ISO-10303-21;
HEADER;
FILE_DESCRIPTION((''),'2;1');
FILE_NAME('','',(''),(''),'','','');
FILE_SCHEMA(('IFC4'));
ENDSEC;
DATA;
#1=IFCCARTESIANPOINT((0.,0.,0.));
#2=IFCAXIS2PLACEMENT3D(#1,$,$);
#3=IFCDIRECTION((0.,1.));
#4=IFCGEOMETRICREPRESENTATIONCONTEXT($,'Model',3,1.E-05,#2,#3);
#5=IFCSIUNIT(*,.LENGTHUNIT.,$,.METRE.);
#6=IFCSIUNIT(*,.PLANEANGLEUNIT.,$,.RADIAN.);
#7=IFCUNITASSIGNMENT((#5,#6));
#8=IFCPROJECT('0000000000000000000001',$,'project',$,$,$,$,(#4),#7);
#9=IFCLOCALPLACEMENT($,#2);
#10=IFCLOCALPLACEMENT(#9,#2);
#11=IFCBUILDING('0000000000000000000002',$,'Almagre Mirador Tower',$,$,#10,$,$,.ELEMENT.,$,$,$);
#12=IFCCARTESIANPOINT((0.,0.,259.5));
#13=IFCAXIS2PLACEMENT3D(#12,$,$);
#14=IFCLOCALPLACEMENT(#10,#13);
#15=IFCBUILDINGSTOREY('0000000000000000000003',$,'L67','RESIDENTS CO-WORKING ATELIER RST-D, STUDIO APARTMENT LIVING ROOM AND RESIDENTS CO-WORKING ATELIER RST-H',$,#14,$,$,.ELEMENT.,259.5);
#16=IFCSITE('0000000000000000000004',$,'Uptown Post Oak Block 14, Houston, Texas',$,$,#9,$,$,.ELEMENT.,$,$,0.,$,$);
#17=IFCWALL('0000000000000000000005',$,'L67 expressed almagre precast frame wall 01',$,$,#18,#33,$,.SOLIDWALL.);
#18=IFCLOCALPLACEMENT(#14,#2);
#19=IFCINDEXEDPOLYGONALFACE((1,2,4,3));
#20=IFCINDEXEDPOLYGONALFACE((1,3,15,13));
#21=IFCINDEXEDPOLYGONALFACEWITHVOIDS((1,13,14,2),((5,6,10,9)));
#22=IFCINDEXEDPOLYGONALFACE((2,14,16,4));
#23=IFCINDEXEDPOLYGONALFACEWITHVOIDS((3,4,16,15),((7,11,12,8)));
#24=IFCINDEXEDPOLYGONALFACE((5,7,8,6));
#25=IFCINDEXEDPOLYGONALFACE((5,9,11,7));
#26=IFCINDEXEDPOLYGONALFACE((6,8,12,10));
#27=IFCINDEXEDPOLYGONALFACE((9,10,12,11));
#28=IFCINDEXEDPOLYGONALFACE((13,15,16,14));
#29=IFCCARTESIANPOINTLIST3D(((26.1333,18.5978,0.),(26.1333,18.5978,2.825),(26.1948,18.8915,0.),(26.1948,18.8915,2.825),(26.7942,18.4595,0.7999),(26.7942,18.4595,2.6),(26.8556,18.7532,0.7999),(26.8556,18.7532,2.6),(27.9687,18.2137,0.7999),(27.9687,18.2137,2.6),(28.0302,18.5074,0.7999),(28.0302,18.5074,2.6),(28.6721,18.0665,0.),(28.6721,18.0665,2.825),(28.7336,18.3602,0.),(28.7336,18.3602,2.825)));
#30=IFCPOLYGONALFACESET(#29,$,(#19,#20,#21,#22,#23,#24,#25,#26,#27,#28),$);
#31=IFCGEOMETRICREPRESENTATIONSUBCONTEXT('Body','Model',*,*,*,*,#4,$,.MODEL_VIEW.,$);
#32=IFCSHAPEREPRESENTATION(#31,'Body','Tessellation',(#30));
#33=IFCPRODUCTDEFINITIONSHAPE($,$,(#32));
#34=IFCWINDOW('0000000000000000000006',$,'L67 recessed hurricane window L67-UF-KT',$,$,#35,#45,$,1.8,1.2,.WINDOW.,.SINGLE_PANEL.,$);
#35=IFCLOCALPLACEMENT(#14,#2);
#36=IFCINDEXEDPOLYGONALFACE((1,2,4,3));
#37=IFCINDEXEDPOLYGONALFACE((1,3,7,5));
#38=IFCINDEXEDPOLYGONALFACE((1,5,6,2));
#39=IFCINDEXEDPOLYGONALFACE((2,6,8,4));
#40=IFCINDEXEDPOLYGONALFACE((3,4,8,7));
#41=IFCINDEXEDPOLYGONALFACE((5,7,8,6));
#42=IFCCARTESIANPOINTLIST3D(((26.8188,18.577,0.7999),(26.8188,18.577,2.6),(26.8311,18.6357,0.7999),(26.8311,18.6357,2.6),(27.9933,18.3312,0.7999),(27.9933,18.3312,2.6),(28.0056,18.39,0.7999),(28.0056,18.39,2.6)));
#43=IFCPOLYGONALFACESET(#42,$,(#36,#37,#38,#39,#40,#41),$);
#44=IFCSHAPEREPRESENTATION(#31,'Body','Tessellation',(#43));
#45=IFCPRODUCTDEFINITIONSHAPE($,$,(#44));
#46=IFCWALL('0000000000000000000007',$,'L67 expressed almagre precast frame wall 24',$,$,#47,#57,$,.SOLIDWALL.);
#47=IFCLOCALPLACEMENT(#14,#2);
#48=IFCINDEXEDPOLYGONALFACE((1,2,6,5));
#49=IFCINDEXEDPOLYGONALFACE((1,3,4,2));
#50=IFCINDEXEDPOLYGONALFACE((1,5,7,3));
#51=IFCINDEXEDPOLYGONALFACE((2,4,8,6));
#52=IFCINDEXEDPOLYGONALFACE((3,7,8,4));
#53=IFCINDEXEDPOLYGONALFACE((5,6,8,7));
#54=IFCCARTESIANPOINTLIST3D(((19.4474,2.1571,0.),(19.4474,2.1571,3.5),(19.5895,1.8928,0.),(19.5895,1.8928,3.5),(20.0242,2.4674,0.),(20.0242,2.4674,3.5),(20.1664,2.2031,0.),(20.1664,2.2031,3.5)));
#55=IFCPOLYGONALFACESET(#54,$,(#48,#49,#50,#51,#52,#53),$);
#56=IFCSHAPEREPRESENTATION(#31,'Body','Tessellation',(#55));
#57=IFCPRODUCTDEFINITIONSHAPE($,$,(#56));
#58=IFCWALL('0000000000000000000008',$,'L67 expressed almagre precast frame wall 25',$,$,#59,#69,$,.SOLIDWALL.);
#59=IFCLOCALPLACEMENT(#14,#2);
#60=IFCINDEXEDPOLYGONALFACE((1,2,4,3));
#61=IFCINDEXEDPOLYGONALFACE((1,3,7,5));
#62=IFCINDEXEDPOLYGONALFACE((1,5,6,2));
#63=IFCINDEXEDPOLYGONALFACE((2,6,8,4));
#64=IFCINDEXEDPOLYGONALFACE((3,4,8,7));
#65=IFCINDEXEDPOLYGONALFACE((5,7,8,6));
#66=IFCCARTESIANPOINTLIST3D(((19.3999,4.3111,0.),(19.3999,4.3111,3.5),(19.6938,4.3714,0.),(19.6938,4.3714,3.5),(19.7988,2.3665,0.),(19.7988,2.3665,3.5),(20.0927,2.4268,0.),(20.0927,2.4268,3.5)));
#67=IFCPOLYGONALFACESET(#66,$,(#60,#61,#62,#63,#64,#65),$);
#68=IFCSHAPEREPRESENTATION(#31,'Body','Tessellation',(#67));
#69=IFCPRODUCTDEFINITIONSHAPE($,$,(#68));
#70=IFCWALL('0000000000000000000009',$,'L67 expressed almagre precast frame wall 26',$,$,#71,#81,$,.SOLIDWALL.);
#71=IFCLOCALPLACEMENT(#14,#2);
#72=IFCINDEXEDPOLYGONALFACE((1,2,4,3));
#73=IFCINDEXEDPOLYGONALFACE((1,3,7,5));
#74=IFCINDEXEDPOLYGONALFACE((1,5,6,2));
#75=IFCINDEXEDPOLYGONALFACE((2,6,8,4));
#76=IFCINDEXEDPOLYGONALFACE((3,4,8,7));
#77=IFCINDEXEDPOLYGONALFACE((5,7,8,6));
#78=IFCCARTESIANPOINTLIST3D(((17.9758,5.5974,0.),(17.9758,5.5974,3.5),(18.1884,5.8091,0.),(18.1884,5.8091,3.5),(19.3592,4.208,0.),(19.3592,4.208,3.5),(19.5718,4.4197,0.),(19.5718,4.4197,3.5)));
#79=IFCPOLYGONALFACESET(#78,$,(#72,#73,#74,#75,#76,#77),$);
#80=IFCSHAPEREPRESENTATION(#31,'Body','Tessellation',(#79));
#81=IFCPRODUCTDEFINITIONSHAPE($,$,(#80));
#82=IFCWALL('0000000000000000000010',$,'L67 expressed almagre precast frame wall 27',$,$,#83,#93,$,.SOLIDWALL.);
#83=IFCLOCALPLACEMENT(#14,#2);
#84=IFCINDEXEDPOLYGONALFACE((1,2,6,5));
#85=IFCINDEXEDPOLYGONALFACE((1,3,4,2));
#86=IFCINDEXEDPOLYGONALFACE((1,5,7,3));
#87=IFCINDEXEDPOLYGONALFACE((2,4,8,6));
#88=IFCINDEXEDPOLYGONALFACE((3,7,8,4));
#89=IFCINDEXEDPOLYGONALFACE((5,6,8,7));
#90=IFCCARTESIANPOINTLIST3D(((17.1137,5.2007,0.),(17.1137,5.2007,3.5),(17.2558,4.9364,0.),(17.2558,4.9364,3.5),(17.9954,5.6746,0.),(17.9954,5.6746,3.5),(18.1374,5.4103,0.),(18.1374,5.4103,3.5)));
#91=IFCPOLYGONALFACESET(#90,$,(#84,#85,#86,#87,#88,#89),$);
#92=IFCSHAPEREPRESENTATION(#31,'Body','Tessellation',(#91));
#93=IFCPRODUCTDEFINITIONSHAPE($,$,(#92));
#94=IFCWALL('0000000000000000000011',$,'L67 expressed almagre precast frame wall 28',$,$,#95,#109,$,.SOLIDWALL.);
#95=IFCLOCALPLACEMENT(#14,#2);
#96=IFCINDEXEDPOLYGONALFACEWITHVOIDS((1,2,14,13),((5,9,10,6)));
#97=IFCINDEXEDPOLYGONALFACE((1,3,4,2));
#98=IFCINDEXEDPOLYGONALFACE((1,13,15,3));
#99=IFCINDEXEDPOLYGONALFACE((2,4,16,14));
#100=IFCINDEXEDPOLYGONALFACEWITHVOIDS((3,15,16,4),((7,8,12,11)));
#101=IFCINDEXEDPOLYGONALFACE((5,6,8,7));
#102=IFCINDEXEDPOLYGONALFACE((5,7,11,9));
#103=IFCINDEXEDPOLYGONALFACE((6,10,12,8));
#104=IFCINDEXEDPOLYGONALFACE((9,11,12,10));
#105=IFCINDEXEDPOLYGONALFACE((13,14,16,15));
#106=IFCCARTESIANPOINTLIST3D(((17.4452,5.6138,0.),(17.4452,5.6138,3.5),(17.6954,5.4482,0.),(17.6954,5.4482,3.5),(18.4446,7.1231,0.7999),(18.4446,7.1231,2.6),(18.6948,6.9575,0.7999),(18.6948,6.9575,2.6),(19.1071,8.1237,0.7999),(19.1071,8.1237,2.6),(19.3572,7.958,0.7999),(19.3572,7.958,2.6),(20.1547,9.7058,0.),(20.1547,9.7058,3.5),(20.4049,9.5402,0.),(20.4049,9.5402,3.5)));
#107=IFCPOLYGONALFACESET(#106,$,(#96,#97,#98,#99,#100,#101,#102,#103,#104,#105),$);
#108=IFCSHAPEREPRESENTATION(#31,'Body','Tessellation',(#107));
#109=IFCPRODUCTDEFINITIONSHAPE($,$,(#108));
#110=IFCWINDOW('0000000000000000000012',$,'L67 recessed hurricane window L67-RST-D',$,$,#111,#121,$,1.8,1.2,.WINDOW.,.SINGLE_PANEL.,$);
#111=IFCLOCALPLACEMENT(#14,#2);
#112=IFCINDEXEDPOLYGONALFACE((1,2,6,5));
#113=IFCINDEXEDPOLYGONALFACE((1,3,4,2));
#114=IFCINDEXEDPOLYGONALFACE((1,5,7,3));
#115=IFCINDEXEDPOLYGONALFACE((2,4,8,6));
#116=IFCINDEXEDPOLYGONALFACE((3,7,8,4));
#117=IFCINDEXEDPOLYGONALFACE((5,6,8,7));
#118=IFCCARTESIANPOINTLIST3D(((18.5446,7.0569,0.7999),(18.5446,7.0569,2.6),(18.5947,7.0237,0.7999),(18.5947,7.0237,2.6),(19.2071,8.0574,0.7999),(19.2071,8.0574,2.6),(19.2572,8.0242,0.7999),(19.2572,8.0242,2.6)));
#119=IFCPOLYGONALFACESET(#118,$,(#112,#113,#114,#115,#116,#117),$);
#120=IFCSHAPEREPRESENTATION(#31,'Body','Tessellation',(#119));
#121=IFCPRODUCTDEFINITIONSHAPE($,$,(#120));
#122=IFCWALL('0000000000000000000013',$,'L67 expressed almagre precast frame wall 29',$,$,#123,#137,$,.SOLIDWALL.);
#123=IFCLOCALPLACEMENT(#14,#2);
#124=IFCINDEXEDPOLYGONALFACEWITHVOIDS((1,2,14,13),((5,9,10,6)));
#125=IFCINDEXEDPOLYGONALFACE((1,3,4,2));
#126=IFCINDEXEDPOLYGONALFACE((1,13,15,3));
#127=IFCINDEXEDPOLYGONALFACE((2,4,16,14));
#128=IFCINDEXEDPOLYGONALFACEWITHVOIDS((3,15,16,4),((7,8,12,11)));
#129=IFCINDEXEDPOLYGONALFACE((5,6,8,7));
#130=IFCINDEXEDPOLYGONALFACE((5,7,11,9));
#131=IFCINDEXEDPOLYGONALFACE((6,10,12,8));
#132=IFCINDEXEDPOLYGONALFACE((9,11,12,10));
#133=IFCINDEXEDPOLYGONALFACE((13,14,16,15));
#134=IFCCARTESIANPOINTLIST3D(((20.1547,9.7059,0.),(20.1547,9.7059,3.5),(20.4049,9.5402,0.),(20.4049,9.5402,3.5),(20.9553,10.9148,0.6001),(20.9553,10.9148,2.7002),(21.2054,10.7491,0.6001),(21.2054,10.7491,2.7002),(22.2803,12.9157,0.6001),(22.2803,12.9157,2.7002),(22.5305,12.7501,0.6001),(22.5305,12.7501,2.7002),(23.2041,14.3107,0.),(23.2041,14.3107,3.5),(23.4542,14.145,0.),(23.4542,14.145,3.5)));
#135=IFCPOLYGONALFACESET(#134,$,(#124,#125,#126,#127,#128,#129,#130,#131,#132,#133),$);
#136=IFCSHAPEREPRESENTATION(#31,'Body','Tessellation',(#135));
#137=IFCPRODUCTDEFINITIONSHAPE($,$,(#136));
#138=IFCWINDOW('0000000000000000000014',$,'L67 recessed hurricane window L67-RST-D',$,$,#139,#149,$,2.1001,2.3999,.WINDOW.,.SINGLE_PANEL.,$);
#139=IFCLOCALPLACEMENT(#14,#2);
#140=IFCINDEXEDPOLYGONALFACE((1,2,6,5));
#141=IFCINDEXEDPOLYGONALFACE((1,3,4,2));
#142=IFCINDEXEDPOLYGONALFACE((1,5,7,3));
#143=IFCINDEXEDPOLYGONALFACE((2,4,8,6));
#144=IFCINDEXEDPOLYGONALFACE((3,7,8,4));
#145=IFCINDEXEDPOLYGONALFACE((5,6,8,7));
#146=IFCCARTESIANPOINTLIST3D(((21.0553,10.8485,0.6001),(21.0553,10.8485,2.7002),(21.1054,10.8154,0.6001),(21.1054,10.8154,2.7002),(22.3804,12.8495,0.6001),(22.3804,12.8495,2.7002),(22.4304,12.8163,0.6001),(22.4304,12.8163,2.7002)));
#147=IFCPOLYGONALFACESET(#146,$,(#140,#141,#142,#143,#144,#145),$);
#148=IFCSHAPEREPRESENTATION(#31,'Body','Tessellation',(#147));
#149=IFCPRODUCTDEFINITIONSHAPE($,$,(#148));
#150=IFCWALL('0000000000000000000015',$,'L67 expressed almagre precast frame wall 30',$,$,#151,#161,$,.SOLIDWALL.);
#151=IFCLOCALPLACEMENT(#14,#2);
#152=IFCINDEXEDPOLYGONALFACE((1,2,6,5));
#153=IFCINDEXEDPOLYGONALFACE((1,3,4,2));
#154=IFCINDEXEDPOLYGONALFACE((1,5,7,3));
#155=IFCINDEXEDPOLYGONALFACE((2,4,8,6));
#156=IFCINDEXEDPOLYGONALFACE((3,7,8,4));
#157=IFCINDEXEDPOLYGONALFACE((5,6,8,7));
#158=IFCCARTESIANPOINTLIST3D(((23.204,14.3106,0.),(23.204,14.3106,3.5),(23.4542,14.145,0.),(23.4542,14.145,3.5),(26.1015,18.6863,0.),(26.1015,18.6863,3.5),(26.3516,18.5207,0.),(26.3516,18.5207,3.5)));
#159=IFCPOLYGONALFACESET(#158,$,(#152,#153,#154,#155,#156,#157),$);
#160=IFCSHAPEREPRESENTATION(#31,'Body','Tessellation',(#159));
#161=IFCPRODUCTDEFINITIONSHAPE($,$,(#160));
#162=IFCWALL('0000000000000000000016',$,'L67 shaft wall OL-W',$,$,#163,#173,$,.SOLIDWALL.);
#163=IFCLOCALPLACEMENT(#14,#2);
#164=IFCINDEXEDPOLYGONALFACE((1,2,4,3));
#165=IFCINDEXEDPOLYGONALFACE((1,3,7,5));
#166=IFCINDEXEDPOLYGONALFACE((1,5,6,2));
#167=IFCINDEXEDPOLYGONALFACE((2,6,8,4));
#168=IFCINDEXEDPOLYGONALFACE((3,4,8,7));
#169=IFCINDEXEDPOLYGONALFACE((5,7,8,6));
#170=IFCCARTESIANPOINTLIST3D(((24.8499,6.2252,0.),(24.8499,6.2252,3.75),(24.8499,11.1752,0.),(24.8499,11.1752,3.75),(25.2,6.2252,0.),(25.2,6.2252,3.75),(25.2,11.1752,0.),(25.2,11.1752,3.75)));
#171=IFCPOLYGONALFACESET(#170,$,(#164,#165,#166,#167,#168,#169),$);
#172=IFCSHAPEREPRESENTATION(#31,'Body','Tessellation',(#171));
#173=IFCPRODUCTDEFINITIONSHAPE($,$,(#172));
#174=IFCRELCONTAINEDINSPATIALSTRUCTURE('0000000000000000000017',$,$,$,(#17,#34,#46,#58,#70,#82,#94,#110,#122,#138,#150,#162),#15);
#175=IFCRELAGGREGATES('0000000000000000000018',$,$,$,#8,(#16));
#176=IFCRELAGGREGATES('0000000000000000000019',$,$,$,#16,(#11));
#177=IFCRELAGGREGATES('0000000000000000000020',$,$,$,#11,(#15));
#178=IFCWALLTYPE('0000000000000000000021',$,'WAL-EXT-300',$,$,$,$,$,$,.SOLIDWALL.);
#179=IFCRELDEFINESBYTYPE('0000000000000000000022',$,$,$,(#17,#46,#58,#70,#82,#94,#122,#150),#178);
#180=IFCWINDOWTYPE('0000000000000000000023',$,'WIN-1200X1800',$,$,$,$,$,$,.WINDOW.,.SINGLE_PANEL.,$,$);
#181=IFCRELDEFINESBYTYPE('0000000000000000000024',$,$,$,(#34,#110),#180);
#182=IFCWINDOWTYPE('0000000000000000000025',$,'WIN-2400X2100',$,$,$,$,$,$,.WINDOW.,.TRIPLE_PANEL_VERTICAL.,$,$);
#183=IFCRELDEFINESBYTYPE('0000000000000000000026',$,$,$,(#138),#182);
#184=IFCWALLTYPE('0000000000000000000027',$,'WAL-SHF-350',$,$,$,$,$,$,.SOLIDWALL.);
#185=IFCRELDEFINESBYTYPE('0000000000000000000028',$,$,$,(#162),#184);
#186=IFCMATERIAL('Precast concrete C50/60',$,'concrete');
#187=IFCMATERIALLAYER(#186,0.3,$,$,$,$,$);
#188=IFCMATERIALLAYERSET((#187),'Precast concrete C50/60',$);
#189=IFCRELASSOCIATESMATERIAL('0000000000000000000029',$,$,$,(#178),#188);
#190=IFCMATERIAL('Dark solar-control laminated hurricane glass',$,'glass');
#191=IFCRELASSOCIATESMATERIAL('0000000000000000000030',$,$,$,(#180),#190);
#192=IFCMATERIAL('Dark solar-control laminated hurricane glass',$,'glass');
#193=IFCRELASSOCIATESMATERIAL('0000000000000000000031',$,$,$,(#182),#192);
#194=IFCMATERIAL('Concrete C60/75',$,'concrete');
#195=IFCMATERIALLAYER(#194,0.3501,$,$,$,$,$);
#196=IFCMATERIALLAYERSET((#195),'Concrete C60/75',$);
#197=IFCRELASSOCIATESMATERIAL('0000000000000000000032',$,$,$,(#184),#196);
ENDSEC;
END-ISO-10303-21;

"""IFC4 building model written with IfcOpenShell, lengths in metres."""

from ifc_helpers import new_model, si_unit, direction, frame, frame_2d, origin, place, context, subcontext, project, spatial, rectangle, extrude, material, layer, layer_set, type_object, element, fill, save


model = new_model("IFC4")

# Units and contexts
model_context = context("Model", 3, precision=1e-05, world=origin(), true_north=direction((0.0, 1.0)))
body_context = subcontext(model_context, "Body", "Model", "MODEL_VIEW")
ifc_project = project(units=[si_unit("LENGTHUNIT", "METRE"), si_unit("PLANEANGLEUNIT", "RADIAN")], contexts=[model_context])

# Site, building, storey
site_placement = place(None, origin())
site = spatial("IfcSite", under=ifc_project, at=site_placement, Name="Uptown Post Oak Block 14, Houston, Texas", CompositionType="ELEMENT", RefElevation=0.0)
building_placement = place(site_placement, origin())
building = spatial("IfcBuilding", under=site, at=building_placement, Name="Almagre Mirador Tower", CompositionType="ELEMENT")
storey_placement = place(building_placement, frame((0.0, 0.0, 259.5)))
storey = spatial("IfcBuildingStorey", under=building, at=storey_placement, Name="L67", Description="RESIDENTS CO-WORKING ATELIER RST-D, STUDIO APARTMENT LIVING ROOM AND RESIDENTS CO-WORKING ATELIER RST-H", CompositionType="ELEMENT", Elevation=259.5)

# Wall, opening, window
ifc_material_1 = material(Name="Precast concrete C50/60", Category="concrete")
ifc_layer_1 = layer(ifc_material_1, 0.3)
ifc_layer_set_1 = layer_set([ifc_layer_1], Name="Precast concrete C50/60")
wall_type_1 = type_object("IfcWallType", Name="WAL-EXT-300", PredefinedType="SOLIDWALL", material=ifc_layer_set_1)
wall_1_placement = place(storey_placement, frame((26.1641, 18.7446, 0.0), z_axis=(0.0, 0.0, 1.0), x_axis=(0.978801, -0.204815, 0.0)))
wall_1 = element("IfcWall", 1, at=wall_1_placement, inside=storey, type_object=wall_type_1, Name="L67 expressed almagre precast frame wall 01", PredefinedType="SOLIDWALL", context=body_context, shape_type="SweptSolid", body=[
    extrude(rectangle(XDim=2.5938, YDim=0.3, at=frame_2d((1.2969, 0.0))), origin(), (0.0, 0.0, 1.0), 2.825),
])
opening_1_placement = place(wall_1_placement, frame((0.675, 0.0, 0.8)))
opening_1 = element("IfcOpeningElement", 2, at=opening_1_placement, cuts=wall_1, PredefinedType="OPENING", context=body_context, shape_type="SweptSolid", body=[
    extrude(rectangle(XDim=1.2, YDim=1.8, at=frame_2d((0.6001, 0.8999))), frame((0.0, 0.1599, 0.0), z_axis=(0.0, -1.0, 0.0), x_axis=(1.0, 0.0, 0.0)), (0.0, 0.0, 1.0), 0.32),
])
ifc_material_2 = material(Name="Dark solar-control laminated hurricane glass", Category="glass")
window_type_1 = type_object("IfcWindowType", Name="WIN-1200X1800", PartitioningType="SINGLE_PANEL", PredefinedType="WINDOW", material=ifc_material_2)
window_1_placement = place(opening_1_placement, origin())
window_1 = element("IfcWindow", 3, at=window_1_placement, inside=storey, type_object=window_type_1, Name="L67 recessed hurricane window L67-UF-KT", OverallHeight=1.8, OverallWidth=1.2, PartitioningType="SINGLE_PANEL", PredefinedType="WINDOW", context=body_context, shape_type="SweptSolid", body=[
    extrude(rectangle(XDim=1.2, YDim=1.8, at=frame_2d((0.6001, 0.8999))), frame((0.0, 0.03, 0.0), z_axis=(0.0, -1.0, 0.0), x_axis=(1.0, 0.0, 0.0)), (0.0, 0.0, 1.0), 0.0601),
])
fill(opening_1, window_1)

# Walls
wall_2_placement = place(storey_placement, frame((19.5183, 2.0249, 0.0), z_axis=(0.0, 0.0, 1.0), x_axis=(0.880686, 0.4737, 0.0)))
element("IfcWall", 4, at=wall_2_placement, inside=storey, type_object=wall_type_1, Name="L67 expressed almagre precast frame wall 24", PredefinedType="SOLIDWALL", context=body_context, shape_type="SweptSolid", body=[
    extrude(rectangle(XDim=0.655, YDim=0.3, at=frame_2d((0.3276, 0.0))), origin(), (0.0, 0.0, 1.0), 3.5),
])
wall_3_placement = place(storey_placement, frame((19.9458, 2.3965, 0.0), z_axis=(0.0, 0.0, 1.0), x_axis=(-0.200962, 0.979599, 0.0)))
element("IfcWall", 5, at=wall_3_placement, inside=storey, type_object=wall_type_1, Name="L67 expressed almagre precast frame wall 25", PredefinedType="SOLIDWALL", context=body_context, shape_type="SweptSolid", body=[
    extrude(rectangle(XDim=1.9851, YDim=0.3, at=frame_2d((0.9927, 0.0))), origin(), (0.0, 0.0, 1.0), 3.5),
])
wall_4_placement = place(storey_placement, frame((19.4656, 4.3137, 0.0), z_axis=(0.0, 0.0, 1.0), x_axis=(-0.705549, 0.708662, 0.0)))
element("IfcWall", 6, at=wall_4_placement, inside=storey, type_object=wall_type_1, Name="L67 expressed almagre precast frame wall 26", PredefinedType="SOLIDWALL", context=body_context, shape_type="SweptSolid", body=[
    extrude(rectangle(XDim=1.9607, YDim=0.3, at=frame_2d((0.9805, 0.0))), origin(), (0.0, 0.0, 1.0), 3.5),
])
wall_5_placement = place(storey_placement, frame((18.0664, 5.5425, 0.0), z_axis=(0.0, 0.0, 1.0), x_axis=(-0.880815, -0.47346, 0.0)))
element("IfcWall", 7, at=wall_5_placement, inside=storey, type_object=wall_type_1, Name="L67 expressed almagre precast frame wall 27", PredefinedType="SOLIDWALL", context=body_context, shape_type="SweptSolid", body=[
    extrude(rectangle(XDim=1.001, YDim=0.3, at=frame_2d((0.5005, 0.0))), origin(), (0.0, 0.0, 1.0), 3.5),
])

# Walls, openings, windows
wall_6_placement = place(storey_placement, frame((17.5703, 5.531, 0.0), z_axis=(0.0, 0.0, 1.0), x_axis=(0.55208, 0.833791, 0.0)))
wall_6 = element("IfcWall", 8, at=wall_6_placement, inside=storey, type_object=wall_type_1, Name="L67 expressed almagre precast frame wall 28", PredefinedType="SOLIDWALL", context=body_context, shape_type="SweptSolid", body=[
    extrude(rectangle(XDim=4.9077, YDim=0.3, at=frame_2d((2.4539, 0.0))), origin(), (0.0, 0.0, 1.0), 3.5),
])
opening_2_placement = place(wall_6_placement, frame((1.8101, 0.0, 0.8)))
opening_2 = element("IfcOpeningElement", 9, at=opening_2_placement, cuts=wall_6, PredefinedType="OPENING", context=body_context, shape_type="SweptSolid", body=[
    extrude(rectangle(XDim=1.2, YDim=1.8, at=frame_2d((0.6001, 0.8999))), frame((0.0, 0.1599, 0.0), z_axis=(0.0, -1.0, 0.0), x_axis=(1.0, 0.0, 0.0)), (0.0, 0.0, 1.0), 0.32),
])
window_2_placement = place(opening_2_placement, origin())
window_2 = element("IfcWindow", 10, at=window_2_placement, inside=storey, type_object=window_type_1, Name="L67 recessed hurricane window L67-RST-D", OverallHeight=1.8, OverallWidth=1.2, PartitioningType="SINGLE_PANEL", PredefinedType="WINDOW", context=body_context, shape_type="SweptSolid", body=[
    extrude(rectangle(XDim=1.2, YDim=1.8, at=frame_2d((0.6001, 0.8999))), frame((0.0, 0.03, 0.0), z_axis=(0.0, -1.0, 0.0), x_axis=(1.0, 0.0, 0.0)), (0.0, 0.0, 1.0), 0.0601),
])
fill(opening_2, window_2)
wall_7_placement = place(storey_placement, frame((20.2798, 9.623, 0.0), z_axis=(0.0, 0.0, 1.0), x_axis=(0.552127, 0.83376, 0.0)))
wall_7 = element("IfcWall", 11, at=wall_7_placement, inside=storey, type_object=wall_type_1, Name="L67 expressed almagre precast frame wall 29", PredefinedType="SOLIDWALL", context=body_context, shape_type="SweptSolid", body=[
    extrude(rectangle(XDim=5.5229, YDim=0.3, at=frame_2d((2.7615, 0.0))), origin(), (0.0, 0.0, 1.0), 3.5),
])
opening_3_placement = place(wall_7_placement, frame((1.45, 0.0, 0.6001)))
opening_3 = element("IfcOpeningElement", 12, at=opening_3_placement, cuts=wall_7, PredefinedType="OPENING", context=body_context, shape_type="SweptSolid", body=[
    extrude(rectangle(XDim=2.3999, YDim=2.1001, at=frame_2d((1.2, 1.05))), frame((0.0, 0.1599, 0.0), z_axis=(0.0, -1.0, 0.0), x_axis=(1.0, 0.0, 0.0)), (0.0, 0.0, 1.0), 0.32),
])
ifc_material_3 = material(Name="Dark solar-control laminated hurricane glass", Category="glass")
window_type_2 = type_object("IfcWindowType", Name="WIN-2400X2100", PartitioningType="TRIPLE_PANEL_VERTICAL", PredefinedType="WINDOW", material=ifc_material_3)
window_3_placement = place(opening_3_placement, origin())
window_3 = element("IfcWindow", 13, at=window_3_placement, inside=storey, type_object=window_type_2, Name="L67 recessed hurricane window L67-RST-D", OverallHeight=2.1001, OverallWidth=2.3999, PartitioningType="SINGLE_PANEL", PredefinedType="WINDOW", context=body_context, shape_type="SweptSolid", body=[
    extrude(rectangle(XDim=2.3999, YDim=2.1001, at=frame_2d((1.2, 1.05))), frame((0.0, 0.03, 0.0), z_axis=(0.0, -1.0, 0.0), x_axis=(1.0, 0.0, 0.0)), (0.0, 0.0, 1.0), 0.0601),
])
fill(opening_3, window_3)

# Walls
wall_8_placement = place(storey_placement, frame((23.3291, 14.2278, 0.0), z_axis=(0.0, 0.0, 1.0), x_axis=(0.5521, 0.833778, 0.0)))
element("IfcWall", 14, at=wall_8_placement, inside=storey, type_object=wall_type_1, Name="L67 expressed almagre precast frame wall 30", PredefinedType="SOLIDWALL", context=body_context, shape_type="SweptSolid", body=[
    extrude(rectangle(XDim=5.248, YDim=0.3, at=frame_2d((2.624, 0.0))), origin(), (0.0, 0.0, 1.0), 3.5),
])
ifc_material_4 = material(Name="Concrete C60/75", Category="concrete")
ifc_layer_2 = layer(ifc_material_4, 0.3501)
ifc_layer_set_2 = layer_set([ifc_layer_2], Name="Concrete C60/75")
wall_type_2 = type_object("IfcWallType", Name="WAL-SHF-350", PredefinedType="SOLIDWALL", material=ifc_layer_set_2)
wall_9_placement = place(storey_placement, frame((25.0249, 6.2251, 0.0), z_axis=(0.0, 0.0, 1.0), x_axis=(0.0, 1.0, 0.0)))
element("IfcWall", 15, at=wall_9_placement, inside=storey, type_object=wall_type_2, Name="L67 shaft wall OL-W", PredefinedType="SOLIDWALL", context=body_context, shape_type="SweptSolid", body=[
    extrude(rectangle(XDim=4.95, YDim=0.3501, at=frame_2d((2.4751, 0.0))), origin(), (0.0, 0.0, 1.0), 3.75),
])

save(model, "model.ifc")
